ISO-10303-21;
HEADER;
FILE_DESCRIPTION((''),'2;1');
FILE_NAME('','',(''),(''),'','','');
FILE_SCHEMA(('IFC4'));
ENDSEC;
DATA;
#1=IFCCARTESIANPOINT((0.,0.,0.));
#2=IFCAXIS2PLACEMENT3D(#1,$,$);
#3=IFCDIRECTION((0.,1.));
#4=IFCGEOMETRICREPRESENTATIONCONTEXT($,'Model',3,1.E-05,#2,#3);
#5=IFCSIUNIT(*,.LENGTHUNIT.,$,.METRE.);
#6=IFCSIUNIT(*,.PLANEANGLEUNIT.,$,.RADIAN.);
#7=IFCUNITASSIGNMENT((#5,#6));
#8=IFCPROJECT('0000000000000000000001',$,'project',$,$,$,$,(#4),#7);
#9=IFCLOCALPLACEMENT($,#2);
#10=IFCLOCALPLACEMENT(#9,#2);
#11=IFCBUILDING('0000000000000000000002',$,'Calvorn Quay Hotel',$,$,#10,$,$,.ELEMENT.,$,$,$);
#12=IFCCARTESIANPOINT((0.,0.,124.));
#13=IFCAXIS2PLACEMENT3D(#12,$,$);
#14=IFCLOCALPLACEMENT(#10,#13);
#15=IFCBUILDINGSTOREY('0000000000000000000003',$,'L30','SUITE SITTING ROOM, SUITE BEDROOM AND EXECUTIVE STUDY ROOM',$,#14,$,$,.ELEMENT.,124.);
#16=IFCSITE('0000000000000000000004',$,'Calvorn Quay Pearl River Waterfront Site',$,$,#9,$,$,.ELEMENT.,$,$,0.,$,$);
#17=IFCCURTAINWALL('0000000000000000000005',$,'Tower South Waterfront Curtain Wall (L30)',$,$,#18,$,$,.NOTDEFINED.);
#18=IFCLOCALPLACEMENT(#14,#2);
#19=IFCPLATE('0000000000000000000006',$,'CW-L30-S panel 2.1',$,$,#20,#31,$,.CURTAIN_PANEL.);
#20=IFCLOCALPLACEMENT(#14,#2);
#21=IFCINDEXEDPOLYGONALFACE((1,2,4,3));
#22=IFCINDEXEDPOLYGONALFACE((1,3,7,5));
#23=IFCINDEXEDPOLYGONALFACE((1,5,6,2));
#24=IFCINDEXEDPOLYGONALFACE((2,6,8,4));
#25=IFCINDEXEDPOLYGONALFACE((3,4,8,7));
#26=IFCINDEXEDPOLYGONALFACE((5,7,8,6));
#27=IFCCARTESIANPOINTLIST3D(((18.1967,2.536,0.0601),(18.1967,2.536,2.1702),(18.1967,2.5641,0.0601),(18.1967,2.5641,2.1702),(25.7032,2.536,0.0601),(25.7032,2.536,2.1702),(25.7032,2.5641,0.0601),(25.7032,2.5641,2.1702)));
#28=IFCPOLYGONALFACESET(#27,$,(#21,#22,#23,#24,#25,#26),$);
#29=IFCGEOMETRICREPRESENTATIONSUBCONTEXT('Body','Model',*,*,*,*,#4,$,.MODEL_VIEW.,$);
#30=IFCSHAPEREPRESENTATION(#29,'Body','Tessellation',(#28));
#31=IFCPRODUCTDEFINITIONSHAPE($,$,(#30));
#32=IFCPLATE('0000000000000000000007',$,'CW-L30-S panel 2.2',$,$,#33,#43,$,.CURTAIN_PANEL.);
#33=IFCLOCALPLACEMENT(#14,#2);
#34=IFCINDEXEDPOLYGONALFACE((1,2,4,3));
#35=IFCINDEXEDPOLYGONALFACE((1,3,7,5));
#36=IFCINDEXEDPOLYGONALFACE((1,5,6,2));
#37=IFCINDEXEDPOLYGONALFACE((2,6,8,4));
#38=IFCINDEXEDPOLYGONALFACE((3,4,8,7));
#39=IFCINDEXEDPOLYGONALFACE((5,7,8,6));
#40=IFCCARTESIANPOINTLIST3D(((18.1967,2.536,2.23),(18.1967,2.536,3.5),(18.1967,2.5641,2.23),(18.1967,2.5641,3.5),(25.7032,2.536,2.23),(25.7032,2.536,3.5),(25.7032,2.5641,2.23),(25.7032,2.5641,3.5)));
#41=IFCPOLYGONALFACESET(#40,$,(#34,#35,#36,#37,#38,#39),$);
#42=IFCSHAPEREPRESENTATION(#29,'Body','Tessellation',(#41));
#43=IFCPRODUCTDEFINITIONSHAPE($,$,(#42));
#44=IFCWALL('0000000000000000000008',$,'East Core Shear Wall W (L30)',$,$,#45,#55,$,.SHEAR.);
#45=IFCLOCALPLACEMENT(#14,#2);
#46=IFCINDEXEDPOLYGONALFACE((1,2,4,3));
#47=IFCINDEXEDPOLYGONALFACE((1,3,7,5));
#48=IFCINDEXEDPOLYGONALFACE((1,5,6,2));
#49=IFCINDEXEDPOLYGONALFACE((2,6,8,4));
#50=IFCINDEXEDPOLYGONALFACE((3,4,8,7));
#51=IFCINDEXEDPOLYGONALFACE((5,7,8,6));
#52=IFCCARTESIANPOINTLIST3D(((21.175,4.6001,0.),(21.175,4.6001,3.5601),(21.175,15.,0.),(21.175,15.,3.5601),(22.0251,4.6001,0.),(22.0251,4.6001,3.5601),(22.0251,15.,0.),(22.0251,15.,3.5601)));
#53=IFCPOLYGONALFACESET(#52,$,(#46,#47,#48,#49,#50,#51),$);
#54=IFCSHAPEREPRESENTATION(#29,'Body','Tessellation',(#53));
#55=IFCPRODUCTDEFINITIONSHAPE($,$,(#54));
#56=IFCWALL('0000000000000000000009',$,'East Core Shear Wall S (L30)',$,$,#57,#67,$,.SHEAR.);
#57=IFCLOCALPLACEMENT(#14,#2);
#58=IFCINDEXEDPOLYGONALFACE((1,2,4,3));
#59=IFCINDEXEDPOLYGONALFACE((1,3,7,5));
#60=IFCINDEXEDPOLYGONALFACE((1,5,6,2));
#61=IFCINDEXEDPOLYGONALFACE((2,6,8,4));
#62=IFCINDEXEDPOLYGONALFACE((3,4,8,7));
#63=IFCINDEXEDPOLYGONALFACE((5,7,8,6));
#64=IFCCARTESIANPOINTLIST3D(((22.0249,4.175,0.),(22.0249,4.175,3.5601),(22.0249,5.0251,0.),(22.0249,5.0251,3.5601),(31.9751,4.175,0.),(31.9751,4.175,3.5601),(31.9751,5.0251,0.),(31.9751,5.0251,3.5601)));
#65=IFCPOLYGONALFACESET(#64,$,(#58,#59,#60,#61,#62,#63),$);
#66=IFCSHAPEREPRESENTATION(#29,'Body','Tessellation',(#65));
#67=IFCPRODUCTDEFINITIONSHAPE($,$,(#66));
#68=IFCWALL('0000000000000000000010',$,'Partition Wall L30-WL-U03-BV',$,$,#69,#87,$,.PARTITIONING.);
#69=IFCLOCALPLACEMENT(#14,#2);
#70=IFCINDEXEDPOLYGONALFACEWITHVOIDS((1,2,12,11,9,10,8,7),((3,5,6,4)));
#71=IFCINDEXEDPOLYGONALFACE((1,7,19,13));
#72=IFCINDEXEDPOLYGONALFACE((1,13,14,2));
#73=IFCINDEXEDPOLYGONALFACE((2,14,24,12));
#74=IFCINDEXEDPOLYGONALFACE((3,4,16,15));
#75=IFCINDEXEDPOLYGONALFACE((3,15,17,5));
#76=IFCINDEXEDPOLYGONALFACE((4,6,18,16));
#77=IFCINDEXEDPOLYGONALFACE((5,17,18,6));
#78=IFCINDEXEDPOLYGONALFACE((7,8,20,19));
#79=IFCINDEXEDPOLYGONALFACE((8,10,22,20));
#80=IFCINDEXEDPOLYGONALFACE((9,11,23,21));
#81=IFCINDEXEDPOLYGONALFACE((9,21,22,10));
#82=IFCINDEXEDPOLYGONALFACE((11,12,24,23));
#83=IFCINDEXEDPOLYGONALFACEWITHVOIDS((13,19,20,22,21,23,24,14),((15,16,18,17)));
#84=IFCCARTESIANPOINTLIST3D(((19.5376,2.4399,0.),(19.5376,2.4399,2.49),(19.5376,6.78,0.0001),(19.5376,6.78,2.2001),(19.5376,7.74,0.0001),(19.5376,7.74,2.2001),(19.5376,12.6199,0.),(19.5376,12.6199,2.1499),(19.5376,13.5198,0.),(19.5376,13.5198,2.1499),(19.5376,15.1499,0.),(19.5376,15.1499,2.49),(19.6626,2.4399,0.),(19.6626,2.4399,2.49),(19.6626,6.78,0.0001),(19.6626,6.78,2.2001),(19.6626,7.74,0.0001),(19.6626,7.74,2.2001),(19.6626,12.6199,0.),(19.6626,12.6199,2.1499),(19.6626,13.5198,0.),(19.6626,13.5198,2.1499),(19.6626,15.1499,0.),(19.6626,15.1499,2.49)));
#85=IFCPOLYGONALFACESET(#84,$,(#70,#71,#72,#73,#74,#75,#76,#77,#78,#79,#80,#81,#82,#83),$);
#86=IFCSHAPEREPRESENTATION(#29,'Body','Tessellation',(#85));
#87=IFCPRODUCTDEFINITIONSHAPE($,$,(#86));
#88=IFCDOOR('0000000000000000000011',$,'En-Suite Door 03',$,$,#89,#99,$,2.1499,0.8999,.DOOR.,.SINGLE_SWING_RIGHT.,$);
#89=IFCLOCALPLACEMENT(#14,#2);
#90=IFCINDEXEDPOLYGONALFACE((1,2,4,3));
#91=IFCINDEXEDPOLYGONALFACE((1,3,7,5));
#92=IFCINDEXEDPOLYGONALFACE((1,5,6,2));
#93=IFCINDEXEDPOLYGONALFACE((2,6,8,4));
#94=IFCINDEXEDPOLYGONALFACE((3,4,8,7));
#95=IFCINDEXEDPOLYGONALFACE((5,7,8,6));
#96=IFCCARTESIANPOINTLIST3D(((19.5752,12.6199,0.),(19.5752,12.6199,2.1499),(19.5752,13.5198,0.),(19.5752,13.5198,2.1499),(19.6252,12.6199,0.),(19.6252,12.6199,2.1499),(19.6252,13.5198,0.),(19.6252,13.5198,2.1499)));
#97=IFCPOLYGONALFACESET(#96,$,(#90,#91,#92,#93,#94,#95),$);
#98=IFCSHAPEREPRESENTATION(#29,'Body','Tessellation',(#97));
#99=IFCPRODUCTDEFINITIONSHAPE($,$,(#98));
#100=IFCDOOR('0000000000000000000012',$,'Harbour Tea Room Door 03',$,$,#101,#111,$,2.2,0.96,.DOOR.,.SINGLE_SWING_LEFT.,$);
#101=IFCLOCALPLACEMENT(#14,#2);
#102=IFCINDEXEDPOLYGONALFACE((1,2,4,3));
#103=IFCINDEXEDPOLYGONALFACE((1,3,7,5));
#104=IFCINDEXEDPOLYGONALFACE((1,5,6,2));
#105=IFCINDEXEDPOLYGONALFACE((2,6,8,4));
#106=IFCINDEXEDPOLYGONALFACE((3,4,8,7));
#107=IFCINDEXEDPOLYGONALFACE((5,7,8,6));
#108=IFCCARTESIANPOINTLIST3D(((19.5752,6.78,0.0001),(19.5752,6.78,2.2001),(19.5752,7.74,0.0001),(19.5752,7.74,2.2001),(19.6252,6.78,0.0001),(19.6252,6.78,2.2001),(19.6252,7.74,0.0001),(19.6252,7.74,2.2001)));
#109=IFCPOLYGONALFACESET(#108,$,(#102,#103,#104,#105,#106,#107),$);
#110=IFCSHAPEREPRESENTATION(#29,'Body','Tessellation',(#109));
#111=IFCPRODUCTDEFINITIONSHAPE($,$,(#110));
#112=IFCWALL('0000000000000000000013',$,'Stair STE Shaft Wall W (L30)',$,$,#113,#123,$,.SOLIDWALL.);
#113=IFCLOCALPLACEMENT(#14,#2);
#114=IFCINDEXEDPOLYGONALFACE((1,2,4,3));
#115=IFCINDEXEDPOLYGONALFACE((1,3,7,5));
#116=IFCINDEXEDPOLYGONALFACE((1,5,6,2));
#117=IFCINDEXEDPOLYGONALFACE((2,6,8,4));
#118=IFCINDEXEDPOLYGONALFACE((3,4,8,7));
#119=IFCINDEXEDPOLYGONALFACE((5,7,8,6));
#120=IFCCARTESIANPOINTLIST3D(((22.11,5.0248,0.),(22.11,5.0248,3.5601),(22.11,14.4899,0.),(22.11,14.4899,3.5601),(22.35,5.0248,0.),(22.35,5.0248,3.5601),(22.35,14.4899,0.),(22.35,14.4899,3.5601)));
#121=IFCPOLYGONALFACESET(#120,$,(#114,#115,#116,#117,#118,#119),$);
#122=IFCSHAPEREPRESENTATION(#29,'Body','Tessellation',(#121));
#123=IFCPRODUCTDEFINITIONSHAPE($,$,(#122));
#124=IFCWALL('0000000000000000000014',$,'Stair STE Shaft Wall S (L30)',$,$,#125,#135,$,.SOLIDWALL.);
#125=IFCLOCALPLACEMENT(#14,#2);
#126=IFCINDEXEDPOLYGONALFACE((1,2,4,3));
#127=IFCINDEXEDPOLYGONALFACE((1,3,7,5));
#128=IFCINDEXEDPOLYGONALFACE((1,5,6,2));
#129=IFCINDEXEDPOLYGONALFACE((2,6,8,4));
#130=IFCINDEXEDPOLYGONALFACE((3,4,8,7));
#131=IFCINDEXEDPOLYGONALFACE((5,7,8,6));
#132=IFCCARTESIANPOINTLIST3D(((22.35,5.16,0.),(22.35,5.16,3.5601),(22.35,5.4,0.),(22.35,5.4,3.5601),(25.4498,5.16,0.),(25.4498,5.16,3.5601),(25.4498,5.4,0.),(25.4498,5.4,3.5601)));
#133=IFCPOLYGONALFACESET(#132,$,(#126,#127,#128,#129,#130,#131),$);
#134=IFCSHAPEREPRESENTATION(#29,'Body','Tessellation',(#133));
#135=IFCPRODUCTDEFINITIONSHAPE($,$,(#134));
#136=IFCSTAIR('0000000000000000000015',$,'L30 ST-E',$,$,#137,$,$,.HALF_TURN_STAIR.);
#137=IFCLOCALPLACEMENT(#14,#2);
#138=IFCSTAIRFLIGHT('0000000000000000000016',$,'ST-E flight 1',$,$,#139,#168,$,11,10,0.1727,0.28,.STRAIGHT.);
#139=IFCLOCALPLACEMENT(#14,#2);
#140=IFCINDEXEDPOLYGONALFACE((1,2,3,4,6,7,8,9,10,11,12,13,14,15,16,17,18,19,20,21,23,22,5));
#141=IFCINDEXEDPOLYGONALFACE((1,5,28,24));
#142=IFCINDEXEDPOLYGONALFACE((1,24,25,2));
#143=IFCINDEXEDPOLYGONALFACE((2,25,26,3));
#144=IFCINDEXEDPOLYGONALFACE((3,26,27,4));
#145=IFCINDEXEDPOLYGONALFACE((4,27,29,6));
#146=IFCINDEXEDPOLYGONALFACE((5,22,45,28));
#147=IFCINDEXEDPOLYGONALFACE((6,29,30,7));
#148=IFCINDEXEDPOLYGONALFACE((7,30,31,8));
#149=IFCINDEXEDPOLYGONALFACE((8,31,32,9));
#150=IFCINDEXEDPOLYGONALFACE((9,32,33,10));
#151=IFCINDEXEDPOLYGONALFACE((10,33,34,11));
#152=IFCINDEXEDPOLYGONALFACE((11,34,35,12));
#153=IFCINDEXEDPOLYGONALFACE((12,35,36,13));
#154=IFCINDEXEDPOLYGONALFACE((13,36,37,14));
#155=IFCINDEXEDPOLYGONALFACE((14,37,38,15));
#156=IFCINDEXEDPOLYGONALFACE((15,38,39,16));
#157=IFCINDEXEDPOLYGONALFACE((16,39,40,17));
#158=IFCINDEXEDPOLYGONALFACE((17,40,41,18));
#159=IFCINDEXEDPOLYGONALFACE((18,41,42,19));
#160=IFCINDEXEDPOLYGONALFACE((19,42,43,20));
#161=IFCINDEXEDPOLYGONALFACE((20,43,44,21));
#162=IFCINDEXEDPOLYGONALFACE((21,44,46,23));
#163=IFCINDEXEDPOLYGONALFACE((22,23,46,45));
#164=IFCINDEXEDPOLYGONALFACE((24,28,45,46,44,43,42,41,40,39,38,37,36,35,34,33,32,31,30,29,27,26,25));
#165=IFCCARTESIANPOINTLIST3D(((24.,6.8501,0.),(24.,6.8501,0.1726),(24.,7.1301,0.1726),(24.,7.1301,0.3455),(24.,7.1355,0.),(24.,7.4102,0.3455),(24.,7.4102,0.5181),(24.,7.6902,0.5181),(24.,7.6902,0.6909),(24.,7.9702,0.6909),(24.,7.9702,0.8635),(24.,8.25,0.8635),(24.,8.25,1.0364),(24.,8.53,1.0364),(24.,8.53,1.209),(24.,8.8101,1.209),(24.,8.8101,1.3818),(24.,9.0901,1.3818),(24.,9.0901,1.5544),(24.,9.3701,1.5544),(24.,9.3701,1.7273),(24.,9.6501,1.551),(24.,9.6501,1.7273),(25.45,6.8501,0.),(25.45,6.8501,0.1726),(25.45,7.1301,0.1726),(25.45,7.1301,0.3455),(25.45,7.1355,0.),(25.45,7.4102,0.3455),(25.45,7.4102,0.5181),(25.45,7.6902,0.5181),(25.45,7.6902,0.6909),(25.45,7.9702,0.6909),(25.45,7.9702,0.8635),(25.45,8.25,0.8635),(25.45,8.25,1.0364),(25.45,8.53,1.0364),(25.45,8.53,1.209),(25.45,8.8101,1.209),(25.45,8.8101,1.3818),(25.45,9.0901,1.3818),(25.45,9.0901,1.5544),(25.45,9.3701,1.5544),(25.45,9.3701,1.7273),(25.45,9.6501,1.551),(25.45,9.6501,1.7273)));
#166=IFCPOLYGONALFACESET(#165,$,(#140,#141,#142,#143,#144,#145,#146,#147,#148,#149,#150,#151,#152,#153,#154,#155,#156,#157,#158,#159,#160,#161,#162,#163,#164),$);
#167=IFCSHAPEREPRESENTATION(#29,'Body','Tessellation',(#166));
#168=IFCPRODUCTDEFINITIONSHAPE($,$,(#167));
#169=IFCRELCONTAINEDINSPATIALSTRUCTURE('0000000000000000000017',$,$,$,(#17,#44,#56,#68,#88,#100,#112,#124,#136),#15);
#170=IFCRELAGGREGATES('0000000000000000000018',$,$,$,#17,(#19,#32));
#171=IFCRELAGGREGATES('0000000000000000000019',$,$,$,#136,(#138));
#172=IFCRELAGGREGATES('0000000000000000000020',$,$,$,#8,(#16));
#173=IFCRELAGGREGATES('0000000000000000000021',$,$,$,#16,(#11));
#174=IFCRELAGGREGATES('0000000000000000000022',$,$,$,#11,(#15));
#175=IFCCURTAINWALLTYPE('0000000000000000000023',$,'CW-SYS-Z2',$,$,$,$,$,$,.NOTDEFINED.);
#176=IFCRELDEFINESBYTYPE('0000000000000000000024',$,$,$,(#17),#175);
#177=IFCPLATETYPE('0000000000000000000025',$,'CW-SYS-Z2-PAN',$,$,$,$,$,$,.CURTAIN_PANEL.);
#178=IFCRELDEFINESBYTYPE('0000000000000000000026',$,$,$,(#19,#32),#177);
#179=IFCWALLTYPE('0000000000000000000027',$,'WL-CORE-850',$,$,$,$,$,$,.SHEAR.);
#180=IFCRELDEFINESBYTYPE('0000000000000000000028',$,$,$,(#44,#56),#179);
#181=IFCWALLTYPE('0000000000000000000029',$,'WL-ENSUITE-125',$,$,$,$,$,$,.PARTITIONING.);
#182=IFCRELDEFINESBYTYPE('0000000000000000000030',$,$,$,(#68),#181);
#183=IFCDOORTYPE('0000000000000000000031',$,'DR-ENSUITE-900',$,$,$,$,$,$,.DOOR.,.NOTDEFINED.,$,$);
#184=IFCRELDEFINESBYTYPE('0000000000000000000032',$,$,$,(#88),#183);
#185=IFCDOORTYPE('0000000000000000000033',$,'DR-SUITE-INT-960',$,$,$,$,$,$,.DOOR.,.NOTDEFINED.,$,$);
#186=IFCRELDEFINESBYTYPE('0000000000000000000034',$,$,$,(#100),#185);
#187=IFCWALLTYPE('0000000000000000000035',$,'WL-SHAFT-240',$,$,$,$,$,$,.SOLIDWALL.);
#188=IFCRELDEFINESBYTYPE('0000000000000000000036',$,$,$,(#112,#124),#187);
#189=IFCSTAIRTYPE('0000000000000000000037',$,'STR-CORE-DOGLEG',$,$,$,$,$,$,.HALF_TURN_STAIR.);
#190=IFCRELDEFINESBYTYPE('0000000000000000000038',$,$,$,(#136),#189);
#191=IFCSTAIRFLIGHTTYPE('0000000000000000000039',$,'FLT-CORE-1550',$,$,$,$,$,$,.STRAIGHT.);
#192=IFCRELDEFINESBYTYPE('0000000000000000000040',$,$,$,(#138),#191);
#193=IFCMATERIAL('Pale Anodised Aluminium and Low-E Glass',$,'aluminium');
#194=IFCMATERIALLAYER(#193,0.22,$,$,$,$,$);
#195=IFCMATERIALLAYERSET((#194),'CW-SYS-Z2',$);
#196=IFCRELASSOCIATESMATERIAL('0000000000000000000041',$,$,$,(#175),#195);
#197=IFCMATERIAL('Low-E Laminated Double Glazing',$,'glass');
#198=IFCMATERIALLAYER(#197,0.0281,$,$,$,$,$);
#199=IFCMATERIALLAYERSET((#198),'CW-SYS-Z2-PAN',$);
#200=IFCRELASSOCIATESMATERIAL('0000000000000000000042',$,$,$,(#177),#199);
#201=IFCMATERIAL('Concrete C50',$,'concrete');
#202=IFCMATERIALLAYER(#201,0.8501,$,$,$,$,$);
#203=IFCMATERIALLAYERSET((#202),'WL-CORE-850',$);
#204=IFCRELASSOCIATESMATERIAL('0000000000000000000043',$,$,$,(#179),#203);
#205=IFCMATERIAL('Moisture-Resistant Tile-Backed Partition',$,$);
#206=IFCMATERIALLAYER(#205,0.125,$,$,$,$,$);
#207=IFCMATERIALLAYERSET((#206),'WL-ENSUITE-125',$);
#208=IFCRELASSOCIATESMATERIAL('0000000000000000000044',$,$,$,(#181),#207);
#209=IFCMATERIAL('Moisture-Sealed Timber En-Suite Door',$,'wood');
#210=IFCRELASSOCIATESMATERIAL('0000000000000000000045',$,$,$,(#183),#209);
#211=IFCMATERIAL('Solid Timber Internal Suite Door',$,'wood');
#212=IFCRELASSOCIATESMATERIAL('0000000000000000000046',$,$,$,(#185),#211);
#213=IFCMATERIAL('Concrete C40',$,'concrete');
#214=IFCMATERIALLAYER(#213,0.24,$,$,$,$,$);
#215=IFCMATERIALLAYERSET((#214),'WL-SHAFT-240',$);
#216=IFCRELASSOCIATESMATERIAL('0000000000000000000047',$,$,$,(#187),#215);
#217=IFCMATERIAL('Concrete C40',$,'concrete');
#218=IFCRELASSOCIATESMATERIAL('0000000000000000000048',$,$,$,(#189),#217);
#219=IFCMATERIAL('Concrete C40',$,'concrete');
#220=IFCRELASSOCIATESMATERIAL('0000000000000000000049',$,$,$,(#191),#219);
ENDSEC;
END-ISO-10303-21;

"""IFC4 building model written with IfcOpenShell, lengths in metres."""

from ifc_helpers import new_model, si_unit, direction, frame, frame_2d, origin, origin_2d, place, context, subcontext, project, spatial, polyline, rectangle, outline, extrude, material, layer, layer_set, type_object, element, fill, aggregate, save


model = new_model("IFC4")

# Units and contexts
model_context = context("Model", 3, precision=1e-05, world=origin(), true_north=direction((0.0, 1.0)))
body_context = subcontext(model_context, "Body", "Model", "MODEL_VIEW")
ifc_project = project(units=[si_unit("LENGTHUNIT", "METRE"), si_unit("PLANEANGLEUNIT", "RADIAN")], contexts=[model_context])

# Site, building, storey
site_placement = place(None, origin())
site = spatial("IfcSite", under=ifc_project, at=site_placement, Name="Calvorn Quay Pearl River Waterfront Site", CompositionType="ELEMENT", RefElevation=0.0)
building_placement = place(site_placement, origin())
building = spatial("IfcBuilding", under=site, at=building_placement, Name="Calvorn Quay Hotel", CompositionType="ELEMENT")
storey_placement = place(building_placement, frame((0.0, 0.0, 124.0)))
storey = spatial("IfcBuildingStorey", under=building, at=storey_placement, Name="L30", Description="SUITE SITTING ROOM, SUITE BEDROOM AND EXECUTIVE STUDY ROOM", CompositionType="ELEMENT", Elevation=124.0)

# Curtain wall, plates
ifc_material_1 = material(Name="Pale Anodised Aluminium and Low-E Glass", Category="aluminium")
ifc_layer_1 = layer(ifc_material_1, 0.22)
ifc_layer_set_1 = layer_set([ifc_layer_1], Name="CW-SYS-Z2")
curtain_wall_type = type_object("IfcCurtainWallType", Name="CW-SYS-Z2", PredefinedType="NOTDEFINED", material=ifc_layer_set_1)
curtain_wall_placement = place(storey_placement, origin())
curtain_wall = element("IfcCurtainWall", 1, at=curtain_wall_placement, inside=storey, type_object=curtain_wall_type, Name="Tower South Waterfront Curtain Wall (L30)", PredefinedType="NOTDEFINED")
ifc_material_2 = material(Name="Low-E Laminated Double Glazing", Category="glass")
ifc_layer_2 = layer(ifc_material_2, 0.0281)
ifc_layer_set_2 = layer_set([ifc_layer_2], Name="CW-SYS-Z2-PAN")
plate_type = type_object("IfcPlateType", Name="CW-SYS-Z2-PAN", PredefinedType="CURTAIN_PANEL", material=ifc_layer_set_2)
plate_1_placement = place(storey_placement, frame((21.95, 2.55, 0.0601), z_axis=(0.0, 0.0, 1.0), x_axis=(1.0, 0.0, 0.0)))
plate_1 = element("IfcPlate", 2, at=plate_1_placement, type_object=plate_type, Name="CW-L30-S panel 2.1", PredefinedType="CURTAIN_PANEL", context=body_context, shape_type="SweptSolid", body=[
    extrude(rectangle(XDim=7.5066, YDim=0.0281, at=origin_2d()), origin(), (0.0, 0.0, 1.0), 2.1101),
])
plate_2_placement = place(storey_placement, frame((21.95, 2.55, 2.23), z_axis=(0.0, 0.0, 1.0), x_axis=(1.0, 0.0, 0.0)))
plate_2 = element("IfcPlate", 3, at=plate_2_placement, type_object=plate_type, Name="CW-L30-S panel 2.2", PredefinedType="CURTAIN_PANEL", context=body_context, shape_type="SweptSolid", body=[
    extrude(rectangle(XDim=7.5066, YDim=0.0281, at=origin_2d()), origin(), (0.0, 0.0, 1.0), 1.27),
])
aggregate(curtain_wall, [plate_1, plate_2])

# Walls
ifc_material_3 = material(Name="Concrete C50", Category="concrete")
ifc_layer_3 = layer(ifc_material_3, 0.8501)
ifc_layer_set_3 = layer_set([ifc_layer_3], Name="WL-CORE-850")
wall_type_1 = type_object("IfcWallType", Name="WL-CORE-850", PredefinedType="SHEAR", material=ifc_layer_set_3)
wall_1_placement = place(storey_placement, frame((21.6001, 4.6001, 0.0), z_axis=(0.0, 0.0, 1.0), x_axis=(0.0, 1.0, 0.0)))
element("IfcWall", 4, at=wall_1_placement, inside=storey, type_object=wall_type_1, Name="East Core Shear Wall W (L30)", PredefinedType="SHEAR", context=body_context, shape_type="SweptSolid", body=[
    extrude(rectangle(XDim=10.3999, YDim=0.8501, at=frame_2d((5.2, 0.0))), origin(), (0.0, 0.0, 1.0), 3.5601),
])
wall_2_placement = place(storey_placement, frame((22.0249, 4.6001, 0.0), z_axis=(0.0, 0.0, 1.0), x_axis=(1.0, 0.0, 0.0)))
element("IfcWall", 5, at=wall_2_placement, inside=storey, type_object=wall_type_1, Name="East Core Shear Wall S (L30)", PredefinedType="SHEAR", context=body_context, shape_type="SweptSolid", body=[
    extrude(rectangle(XDim=9.9502, YDim=0.8501, at=frame_2d((4.9751, 0.0))), origin(), (0.0, 0.0, 1.0), 3.5601),
])

# Wall, openings, doors
ifc_material_4 = material(Name="Moisture-Resistant Tile-Backed Partition")
ifc_layer_4 = layer(ifc_material_4, 0.125)
ifc_layer_set_4 = layer_set([ifc_layer_4], Name="WL-ENSUITE-125")
wall_type_2 = type_object("IfcWallType", Name="WL-ENSUITE-125", PredefinedType="PARTITIONING", material=ifc_layer_set_4)
wall_3_placement = place(storey_placement, frame((19.6001, 2.4399, 0.0), z_axis=(0.0, 0.0, 1.0), x_axis=(0.0, 1.0, 0.0)))
wall_3 = element("IfcWall", 6, at=wall_3_placement, inside=storey, type_object=wall_type_2, Name="Partition Wall L30-WL-U03-BV", PredefinedType="PARTITIONING", context=body_context, shape_type="SweptSolid", body=[
    extrude(rectangle(XDim=12.71, YDim=0.125, at=frame_2d((6.355, 0.0))), origin(), (0.0, 0.0, 1.0), 2.49),
])
opening_1_placement = place(wall_3_placement, frame((4.3401, 0.0, 0.0)))
opening_1 = element("IfcOpeningElement", 7, at=opening_1_placement, cuts=wall_3, PredefinedType="OPENING", context=body_context, shape_type="SweptSolid", body=[
    extrude(rectangle(XDim=0.96, YDim=2.2, at=frame_2d((0.48, 1.1001))), frame((0.0, 0.0725, 0.0), z_axis=(0.0, -1.0, 0.0), x_axis=(1.0, 0.0, 0.0)), (0.0, 0.0, 1.0), 0.145),
])
opening_2_placement = place(wall_3_placement, frame((10.1799, 0.0, 0.0)))
opening_2 = element("IfcOpeningElement", 8, at=opening_2_placement, cuts=wall_3, PredefinedType="OPENING", context=body_context, shape_type="SweptSolid", body=[
    extrude(rectangle(XDim=0.8999, YDim=2.1499, at=frame_2d((0.45, 1.075))), frame((0.0, 0.0725, 0.0), z_axis=(0.0, -1.0, 0.0), x_axis=(1.0, 0.0, 0.0)), (0.0, 0.0, 1.0), 0.145),
])
ifc_material_5 = material(Name="Moisture-Sealed Timber En-Suite Door", Category="wood")
door_type_1 = type_object("IfcDoorType", Name="DR-ENSUITE-900", OperationType="NOTDEFINED", PredefinedType="DOOR", material=ifc_material_5)
door_1_placement = place(opening_2_placement, origin())
door_1 = element("IfcDoor", 9, at=door_1_placement, inside=storey, type_object=door_type_1, Name="En-Suite Door 03", OperationType="SINGLE_SWING_RIGHT", OverallHeight=2.1499, OverallWidth=0.8999, PredefinedType="DOOR", context=body_context, shape_type="SweptSolid", body=[
    extrude(rectangle(XDim=0.8999, YDim=2.1499, at=frame_2d((0.45, 1.075))), frame((0.0, 0.0249, 0.0), z_axis=(0.0, -1.0, 0.0), x_axis=(1.0, 0.0, 0.0)), (0.0, 0.0, 1.0), 0.05),
])
fill(opening_2, door_1)
ifc_material_6 = material(Name="Solid Timber Internal Suite Door", Category="wood")
door_type_2 = type_object("IfcDoorType", Name="DR-SUITE-INT-960", OperationType="NOTDEFINED", PredefinedType="DOOR", material=ifc_material_6)
door_2_placement = place(opening_1_placement, origin())
door_2 = element("IfcDoor", 10, at=door_2_placement, inside=storey, type_object=door_type_2, Name="Harbour Tea Room Door 03", OperationType="SINGLE_SWING_LEFT", OverallHeight=2.2, OverallWidth=0.96, PredefinedType="DOOR", context=body_context, shape_type="SweptSolid", body=[
    extrude(rectangle(XDim=0.96, YDim=2.2, at=frame_2d((0.48, 1.1001))), frame((0.0, 0.0249, 0.0), z_axis=(0.0, -1.0, 0.0), x_axis=(1.0, 0.0, 0.0)), (0.0, 0.0, 1.0), 0.05),
])
fill(opening_1, door_2)

# Walls
ifc_material_7 = material(Name="Concrete C40", Category="concrete")
ifc_layer_5 = layer(ifc_material_7, 0.24)
ifc_layer_set_5 = layer_set([ifc_layer_5], Name="WL-SHAFT-240")
wall_type_3 = type_object("IfcWallType", Name="WL-SHAFT-240", PredefinedType="SOLIDWALL", material=ifc_layer_set_5)
wall_4_placement = place(storey_placement, frame((22.23, 5.0249, 0.0), z_axis=(0.0, 0.0, 1.0), x_axis=(0.0, 1.0, 0.0)))
element("IfcWall", 11, at=wall_4_placement, inside=storey, type_object=wall_type_3, Name="Stair STE Shaft Wall W (L30)", PredefinedType="SOLIDWALL", context=body_context, shape_type="SweptSolid", body=[
    extrude(rectangle(XDim=9.4651, YDim=0.24, at=frame_2d((4.7324, 0.0))), origin(), (0.0, 0.0, 1.0), 3.5601),
])
wall_5_placement = place(storey_placement, frame((22.3501, 5.28, 0.0), z_axis=(0.0, 0.0, 1.0), x_axis=(1.0, 0.0, 0.0)))
element("IfcWall", 12, at=wall_5_placement, inside=storey, type_object=wall_type_3, Name="Stair STE Shaft Wall S (L30)", PredefinedType="SOLIDWALL", context=body_context, shape_type="SweptSolid", body=[
    extrude(rectangle(XDim=3.0999, YDim=0.24, at=frame_2d((1.5498, 0.0))), origin(), (0.0, 0.0, 1.0), 3.5601),
])

# Stair, stair flight
ifc_material_8 = material(Name="Concrete C40", Category="concrete")
stair_type = type_object("IfcStairType", Name="STR-CORE-DOGLEG", PredefinedType="HALF_TURN_STAIR", material=ifc_material_8)
stair_placement = place(storey_placement, origin())
stair = element("IfcStair", 13, at=stair_placement, inside=storey, type_object=stair_type, Name="L30 ST-E", PredefinedType="HALF_TURN_STAIR")
ifc_material_9 = material(Name="Concrete C40", Category="concrete")
stair_flight_type = type_object("IfcStairFlightType", Name="FLT-CORE-1550", PredefinedType="STRAIGHT", material=ifc_material_9)
stair_flight_placement = place(storey_placement, frame((24.7251, 6.8501, 0.0), z_axis=(0.0, 0.0, 1.0), x_axis=(0.0, 1.0, 0.0)))
stair_flight = element("IfcStairFlight", 14, at=stair_flight_placement, type_object=stair_flight_type, Name="ST-E flight 1", NumberOfRisers=11, NumberOfTreads=10, PredefinedType="STRAIGHT", RiserHeight=0.1727, TreadLength=0.28, context=body_context, shape_type="SweptSolid", body=[
    extrude(outline(polyline([(0.0, 0.0), (0.0, 0.1726), (0.28, 0.1726), (0.28, 0.3455), (0.5601, 0.3455), (0.5601, 0.5181), (0.8401, 0.5181), (0.8401, 0.6909), (1.1201, 0.6909), (1.1201, 0.8635), (1.3999, 0.8635), (1.3999, 1.0364), (1.6799, 1.0364), (1.6799, 1.209), (1.96, 1.209), (1.96, 1.3818), (2.24, 1.3818), (2.24, 1.5544), (2.52, 1.5544), (2.52, 1.7273), (2.8, 1.7273), (2.8, 1.8999), (2.8, 1.551), (0.2854, 0.0), (0.0, 0.0)])), frame((0.0, 0.7251, 0.0), z_axis=(0.0, -1.0, 0.0), x_axis=(1.0, 0.0, 0.0)), (0.0, 0.0, 1.0), 1.45),
])
aggregate(stair, [stair_flight])

save(model, "model.ifc")
